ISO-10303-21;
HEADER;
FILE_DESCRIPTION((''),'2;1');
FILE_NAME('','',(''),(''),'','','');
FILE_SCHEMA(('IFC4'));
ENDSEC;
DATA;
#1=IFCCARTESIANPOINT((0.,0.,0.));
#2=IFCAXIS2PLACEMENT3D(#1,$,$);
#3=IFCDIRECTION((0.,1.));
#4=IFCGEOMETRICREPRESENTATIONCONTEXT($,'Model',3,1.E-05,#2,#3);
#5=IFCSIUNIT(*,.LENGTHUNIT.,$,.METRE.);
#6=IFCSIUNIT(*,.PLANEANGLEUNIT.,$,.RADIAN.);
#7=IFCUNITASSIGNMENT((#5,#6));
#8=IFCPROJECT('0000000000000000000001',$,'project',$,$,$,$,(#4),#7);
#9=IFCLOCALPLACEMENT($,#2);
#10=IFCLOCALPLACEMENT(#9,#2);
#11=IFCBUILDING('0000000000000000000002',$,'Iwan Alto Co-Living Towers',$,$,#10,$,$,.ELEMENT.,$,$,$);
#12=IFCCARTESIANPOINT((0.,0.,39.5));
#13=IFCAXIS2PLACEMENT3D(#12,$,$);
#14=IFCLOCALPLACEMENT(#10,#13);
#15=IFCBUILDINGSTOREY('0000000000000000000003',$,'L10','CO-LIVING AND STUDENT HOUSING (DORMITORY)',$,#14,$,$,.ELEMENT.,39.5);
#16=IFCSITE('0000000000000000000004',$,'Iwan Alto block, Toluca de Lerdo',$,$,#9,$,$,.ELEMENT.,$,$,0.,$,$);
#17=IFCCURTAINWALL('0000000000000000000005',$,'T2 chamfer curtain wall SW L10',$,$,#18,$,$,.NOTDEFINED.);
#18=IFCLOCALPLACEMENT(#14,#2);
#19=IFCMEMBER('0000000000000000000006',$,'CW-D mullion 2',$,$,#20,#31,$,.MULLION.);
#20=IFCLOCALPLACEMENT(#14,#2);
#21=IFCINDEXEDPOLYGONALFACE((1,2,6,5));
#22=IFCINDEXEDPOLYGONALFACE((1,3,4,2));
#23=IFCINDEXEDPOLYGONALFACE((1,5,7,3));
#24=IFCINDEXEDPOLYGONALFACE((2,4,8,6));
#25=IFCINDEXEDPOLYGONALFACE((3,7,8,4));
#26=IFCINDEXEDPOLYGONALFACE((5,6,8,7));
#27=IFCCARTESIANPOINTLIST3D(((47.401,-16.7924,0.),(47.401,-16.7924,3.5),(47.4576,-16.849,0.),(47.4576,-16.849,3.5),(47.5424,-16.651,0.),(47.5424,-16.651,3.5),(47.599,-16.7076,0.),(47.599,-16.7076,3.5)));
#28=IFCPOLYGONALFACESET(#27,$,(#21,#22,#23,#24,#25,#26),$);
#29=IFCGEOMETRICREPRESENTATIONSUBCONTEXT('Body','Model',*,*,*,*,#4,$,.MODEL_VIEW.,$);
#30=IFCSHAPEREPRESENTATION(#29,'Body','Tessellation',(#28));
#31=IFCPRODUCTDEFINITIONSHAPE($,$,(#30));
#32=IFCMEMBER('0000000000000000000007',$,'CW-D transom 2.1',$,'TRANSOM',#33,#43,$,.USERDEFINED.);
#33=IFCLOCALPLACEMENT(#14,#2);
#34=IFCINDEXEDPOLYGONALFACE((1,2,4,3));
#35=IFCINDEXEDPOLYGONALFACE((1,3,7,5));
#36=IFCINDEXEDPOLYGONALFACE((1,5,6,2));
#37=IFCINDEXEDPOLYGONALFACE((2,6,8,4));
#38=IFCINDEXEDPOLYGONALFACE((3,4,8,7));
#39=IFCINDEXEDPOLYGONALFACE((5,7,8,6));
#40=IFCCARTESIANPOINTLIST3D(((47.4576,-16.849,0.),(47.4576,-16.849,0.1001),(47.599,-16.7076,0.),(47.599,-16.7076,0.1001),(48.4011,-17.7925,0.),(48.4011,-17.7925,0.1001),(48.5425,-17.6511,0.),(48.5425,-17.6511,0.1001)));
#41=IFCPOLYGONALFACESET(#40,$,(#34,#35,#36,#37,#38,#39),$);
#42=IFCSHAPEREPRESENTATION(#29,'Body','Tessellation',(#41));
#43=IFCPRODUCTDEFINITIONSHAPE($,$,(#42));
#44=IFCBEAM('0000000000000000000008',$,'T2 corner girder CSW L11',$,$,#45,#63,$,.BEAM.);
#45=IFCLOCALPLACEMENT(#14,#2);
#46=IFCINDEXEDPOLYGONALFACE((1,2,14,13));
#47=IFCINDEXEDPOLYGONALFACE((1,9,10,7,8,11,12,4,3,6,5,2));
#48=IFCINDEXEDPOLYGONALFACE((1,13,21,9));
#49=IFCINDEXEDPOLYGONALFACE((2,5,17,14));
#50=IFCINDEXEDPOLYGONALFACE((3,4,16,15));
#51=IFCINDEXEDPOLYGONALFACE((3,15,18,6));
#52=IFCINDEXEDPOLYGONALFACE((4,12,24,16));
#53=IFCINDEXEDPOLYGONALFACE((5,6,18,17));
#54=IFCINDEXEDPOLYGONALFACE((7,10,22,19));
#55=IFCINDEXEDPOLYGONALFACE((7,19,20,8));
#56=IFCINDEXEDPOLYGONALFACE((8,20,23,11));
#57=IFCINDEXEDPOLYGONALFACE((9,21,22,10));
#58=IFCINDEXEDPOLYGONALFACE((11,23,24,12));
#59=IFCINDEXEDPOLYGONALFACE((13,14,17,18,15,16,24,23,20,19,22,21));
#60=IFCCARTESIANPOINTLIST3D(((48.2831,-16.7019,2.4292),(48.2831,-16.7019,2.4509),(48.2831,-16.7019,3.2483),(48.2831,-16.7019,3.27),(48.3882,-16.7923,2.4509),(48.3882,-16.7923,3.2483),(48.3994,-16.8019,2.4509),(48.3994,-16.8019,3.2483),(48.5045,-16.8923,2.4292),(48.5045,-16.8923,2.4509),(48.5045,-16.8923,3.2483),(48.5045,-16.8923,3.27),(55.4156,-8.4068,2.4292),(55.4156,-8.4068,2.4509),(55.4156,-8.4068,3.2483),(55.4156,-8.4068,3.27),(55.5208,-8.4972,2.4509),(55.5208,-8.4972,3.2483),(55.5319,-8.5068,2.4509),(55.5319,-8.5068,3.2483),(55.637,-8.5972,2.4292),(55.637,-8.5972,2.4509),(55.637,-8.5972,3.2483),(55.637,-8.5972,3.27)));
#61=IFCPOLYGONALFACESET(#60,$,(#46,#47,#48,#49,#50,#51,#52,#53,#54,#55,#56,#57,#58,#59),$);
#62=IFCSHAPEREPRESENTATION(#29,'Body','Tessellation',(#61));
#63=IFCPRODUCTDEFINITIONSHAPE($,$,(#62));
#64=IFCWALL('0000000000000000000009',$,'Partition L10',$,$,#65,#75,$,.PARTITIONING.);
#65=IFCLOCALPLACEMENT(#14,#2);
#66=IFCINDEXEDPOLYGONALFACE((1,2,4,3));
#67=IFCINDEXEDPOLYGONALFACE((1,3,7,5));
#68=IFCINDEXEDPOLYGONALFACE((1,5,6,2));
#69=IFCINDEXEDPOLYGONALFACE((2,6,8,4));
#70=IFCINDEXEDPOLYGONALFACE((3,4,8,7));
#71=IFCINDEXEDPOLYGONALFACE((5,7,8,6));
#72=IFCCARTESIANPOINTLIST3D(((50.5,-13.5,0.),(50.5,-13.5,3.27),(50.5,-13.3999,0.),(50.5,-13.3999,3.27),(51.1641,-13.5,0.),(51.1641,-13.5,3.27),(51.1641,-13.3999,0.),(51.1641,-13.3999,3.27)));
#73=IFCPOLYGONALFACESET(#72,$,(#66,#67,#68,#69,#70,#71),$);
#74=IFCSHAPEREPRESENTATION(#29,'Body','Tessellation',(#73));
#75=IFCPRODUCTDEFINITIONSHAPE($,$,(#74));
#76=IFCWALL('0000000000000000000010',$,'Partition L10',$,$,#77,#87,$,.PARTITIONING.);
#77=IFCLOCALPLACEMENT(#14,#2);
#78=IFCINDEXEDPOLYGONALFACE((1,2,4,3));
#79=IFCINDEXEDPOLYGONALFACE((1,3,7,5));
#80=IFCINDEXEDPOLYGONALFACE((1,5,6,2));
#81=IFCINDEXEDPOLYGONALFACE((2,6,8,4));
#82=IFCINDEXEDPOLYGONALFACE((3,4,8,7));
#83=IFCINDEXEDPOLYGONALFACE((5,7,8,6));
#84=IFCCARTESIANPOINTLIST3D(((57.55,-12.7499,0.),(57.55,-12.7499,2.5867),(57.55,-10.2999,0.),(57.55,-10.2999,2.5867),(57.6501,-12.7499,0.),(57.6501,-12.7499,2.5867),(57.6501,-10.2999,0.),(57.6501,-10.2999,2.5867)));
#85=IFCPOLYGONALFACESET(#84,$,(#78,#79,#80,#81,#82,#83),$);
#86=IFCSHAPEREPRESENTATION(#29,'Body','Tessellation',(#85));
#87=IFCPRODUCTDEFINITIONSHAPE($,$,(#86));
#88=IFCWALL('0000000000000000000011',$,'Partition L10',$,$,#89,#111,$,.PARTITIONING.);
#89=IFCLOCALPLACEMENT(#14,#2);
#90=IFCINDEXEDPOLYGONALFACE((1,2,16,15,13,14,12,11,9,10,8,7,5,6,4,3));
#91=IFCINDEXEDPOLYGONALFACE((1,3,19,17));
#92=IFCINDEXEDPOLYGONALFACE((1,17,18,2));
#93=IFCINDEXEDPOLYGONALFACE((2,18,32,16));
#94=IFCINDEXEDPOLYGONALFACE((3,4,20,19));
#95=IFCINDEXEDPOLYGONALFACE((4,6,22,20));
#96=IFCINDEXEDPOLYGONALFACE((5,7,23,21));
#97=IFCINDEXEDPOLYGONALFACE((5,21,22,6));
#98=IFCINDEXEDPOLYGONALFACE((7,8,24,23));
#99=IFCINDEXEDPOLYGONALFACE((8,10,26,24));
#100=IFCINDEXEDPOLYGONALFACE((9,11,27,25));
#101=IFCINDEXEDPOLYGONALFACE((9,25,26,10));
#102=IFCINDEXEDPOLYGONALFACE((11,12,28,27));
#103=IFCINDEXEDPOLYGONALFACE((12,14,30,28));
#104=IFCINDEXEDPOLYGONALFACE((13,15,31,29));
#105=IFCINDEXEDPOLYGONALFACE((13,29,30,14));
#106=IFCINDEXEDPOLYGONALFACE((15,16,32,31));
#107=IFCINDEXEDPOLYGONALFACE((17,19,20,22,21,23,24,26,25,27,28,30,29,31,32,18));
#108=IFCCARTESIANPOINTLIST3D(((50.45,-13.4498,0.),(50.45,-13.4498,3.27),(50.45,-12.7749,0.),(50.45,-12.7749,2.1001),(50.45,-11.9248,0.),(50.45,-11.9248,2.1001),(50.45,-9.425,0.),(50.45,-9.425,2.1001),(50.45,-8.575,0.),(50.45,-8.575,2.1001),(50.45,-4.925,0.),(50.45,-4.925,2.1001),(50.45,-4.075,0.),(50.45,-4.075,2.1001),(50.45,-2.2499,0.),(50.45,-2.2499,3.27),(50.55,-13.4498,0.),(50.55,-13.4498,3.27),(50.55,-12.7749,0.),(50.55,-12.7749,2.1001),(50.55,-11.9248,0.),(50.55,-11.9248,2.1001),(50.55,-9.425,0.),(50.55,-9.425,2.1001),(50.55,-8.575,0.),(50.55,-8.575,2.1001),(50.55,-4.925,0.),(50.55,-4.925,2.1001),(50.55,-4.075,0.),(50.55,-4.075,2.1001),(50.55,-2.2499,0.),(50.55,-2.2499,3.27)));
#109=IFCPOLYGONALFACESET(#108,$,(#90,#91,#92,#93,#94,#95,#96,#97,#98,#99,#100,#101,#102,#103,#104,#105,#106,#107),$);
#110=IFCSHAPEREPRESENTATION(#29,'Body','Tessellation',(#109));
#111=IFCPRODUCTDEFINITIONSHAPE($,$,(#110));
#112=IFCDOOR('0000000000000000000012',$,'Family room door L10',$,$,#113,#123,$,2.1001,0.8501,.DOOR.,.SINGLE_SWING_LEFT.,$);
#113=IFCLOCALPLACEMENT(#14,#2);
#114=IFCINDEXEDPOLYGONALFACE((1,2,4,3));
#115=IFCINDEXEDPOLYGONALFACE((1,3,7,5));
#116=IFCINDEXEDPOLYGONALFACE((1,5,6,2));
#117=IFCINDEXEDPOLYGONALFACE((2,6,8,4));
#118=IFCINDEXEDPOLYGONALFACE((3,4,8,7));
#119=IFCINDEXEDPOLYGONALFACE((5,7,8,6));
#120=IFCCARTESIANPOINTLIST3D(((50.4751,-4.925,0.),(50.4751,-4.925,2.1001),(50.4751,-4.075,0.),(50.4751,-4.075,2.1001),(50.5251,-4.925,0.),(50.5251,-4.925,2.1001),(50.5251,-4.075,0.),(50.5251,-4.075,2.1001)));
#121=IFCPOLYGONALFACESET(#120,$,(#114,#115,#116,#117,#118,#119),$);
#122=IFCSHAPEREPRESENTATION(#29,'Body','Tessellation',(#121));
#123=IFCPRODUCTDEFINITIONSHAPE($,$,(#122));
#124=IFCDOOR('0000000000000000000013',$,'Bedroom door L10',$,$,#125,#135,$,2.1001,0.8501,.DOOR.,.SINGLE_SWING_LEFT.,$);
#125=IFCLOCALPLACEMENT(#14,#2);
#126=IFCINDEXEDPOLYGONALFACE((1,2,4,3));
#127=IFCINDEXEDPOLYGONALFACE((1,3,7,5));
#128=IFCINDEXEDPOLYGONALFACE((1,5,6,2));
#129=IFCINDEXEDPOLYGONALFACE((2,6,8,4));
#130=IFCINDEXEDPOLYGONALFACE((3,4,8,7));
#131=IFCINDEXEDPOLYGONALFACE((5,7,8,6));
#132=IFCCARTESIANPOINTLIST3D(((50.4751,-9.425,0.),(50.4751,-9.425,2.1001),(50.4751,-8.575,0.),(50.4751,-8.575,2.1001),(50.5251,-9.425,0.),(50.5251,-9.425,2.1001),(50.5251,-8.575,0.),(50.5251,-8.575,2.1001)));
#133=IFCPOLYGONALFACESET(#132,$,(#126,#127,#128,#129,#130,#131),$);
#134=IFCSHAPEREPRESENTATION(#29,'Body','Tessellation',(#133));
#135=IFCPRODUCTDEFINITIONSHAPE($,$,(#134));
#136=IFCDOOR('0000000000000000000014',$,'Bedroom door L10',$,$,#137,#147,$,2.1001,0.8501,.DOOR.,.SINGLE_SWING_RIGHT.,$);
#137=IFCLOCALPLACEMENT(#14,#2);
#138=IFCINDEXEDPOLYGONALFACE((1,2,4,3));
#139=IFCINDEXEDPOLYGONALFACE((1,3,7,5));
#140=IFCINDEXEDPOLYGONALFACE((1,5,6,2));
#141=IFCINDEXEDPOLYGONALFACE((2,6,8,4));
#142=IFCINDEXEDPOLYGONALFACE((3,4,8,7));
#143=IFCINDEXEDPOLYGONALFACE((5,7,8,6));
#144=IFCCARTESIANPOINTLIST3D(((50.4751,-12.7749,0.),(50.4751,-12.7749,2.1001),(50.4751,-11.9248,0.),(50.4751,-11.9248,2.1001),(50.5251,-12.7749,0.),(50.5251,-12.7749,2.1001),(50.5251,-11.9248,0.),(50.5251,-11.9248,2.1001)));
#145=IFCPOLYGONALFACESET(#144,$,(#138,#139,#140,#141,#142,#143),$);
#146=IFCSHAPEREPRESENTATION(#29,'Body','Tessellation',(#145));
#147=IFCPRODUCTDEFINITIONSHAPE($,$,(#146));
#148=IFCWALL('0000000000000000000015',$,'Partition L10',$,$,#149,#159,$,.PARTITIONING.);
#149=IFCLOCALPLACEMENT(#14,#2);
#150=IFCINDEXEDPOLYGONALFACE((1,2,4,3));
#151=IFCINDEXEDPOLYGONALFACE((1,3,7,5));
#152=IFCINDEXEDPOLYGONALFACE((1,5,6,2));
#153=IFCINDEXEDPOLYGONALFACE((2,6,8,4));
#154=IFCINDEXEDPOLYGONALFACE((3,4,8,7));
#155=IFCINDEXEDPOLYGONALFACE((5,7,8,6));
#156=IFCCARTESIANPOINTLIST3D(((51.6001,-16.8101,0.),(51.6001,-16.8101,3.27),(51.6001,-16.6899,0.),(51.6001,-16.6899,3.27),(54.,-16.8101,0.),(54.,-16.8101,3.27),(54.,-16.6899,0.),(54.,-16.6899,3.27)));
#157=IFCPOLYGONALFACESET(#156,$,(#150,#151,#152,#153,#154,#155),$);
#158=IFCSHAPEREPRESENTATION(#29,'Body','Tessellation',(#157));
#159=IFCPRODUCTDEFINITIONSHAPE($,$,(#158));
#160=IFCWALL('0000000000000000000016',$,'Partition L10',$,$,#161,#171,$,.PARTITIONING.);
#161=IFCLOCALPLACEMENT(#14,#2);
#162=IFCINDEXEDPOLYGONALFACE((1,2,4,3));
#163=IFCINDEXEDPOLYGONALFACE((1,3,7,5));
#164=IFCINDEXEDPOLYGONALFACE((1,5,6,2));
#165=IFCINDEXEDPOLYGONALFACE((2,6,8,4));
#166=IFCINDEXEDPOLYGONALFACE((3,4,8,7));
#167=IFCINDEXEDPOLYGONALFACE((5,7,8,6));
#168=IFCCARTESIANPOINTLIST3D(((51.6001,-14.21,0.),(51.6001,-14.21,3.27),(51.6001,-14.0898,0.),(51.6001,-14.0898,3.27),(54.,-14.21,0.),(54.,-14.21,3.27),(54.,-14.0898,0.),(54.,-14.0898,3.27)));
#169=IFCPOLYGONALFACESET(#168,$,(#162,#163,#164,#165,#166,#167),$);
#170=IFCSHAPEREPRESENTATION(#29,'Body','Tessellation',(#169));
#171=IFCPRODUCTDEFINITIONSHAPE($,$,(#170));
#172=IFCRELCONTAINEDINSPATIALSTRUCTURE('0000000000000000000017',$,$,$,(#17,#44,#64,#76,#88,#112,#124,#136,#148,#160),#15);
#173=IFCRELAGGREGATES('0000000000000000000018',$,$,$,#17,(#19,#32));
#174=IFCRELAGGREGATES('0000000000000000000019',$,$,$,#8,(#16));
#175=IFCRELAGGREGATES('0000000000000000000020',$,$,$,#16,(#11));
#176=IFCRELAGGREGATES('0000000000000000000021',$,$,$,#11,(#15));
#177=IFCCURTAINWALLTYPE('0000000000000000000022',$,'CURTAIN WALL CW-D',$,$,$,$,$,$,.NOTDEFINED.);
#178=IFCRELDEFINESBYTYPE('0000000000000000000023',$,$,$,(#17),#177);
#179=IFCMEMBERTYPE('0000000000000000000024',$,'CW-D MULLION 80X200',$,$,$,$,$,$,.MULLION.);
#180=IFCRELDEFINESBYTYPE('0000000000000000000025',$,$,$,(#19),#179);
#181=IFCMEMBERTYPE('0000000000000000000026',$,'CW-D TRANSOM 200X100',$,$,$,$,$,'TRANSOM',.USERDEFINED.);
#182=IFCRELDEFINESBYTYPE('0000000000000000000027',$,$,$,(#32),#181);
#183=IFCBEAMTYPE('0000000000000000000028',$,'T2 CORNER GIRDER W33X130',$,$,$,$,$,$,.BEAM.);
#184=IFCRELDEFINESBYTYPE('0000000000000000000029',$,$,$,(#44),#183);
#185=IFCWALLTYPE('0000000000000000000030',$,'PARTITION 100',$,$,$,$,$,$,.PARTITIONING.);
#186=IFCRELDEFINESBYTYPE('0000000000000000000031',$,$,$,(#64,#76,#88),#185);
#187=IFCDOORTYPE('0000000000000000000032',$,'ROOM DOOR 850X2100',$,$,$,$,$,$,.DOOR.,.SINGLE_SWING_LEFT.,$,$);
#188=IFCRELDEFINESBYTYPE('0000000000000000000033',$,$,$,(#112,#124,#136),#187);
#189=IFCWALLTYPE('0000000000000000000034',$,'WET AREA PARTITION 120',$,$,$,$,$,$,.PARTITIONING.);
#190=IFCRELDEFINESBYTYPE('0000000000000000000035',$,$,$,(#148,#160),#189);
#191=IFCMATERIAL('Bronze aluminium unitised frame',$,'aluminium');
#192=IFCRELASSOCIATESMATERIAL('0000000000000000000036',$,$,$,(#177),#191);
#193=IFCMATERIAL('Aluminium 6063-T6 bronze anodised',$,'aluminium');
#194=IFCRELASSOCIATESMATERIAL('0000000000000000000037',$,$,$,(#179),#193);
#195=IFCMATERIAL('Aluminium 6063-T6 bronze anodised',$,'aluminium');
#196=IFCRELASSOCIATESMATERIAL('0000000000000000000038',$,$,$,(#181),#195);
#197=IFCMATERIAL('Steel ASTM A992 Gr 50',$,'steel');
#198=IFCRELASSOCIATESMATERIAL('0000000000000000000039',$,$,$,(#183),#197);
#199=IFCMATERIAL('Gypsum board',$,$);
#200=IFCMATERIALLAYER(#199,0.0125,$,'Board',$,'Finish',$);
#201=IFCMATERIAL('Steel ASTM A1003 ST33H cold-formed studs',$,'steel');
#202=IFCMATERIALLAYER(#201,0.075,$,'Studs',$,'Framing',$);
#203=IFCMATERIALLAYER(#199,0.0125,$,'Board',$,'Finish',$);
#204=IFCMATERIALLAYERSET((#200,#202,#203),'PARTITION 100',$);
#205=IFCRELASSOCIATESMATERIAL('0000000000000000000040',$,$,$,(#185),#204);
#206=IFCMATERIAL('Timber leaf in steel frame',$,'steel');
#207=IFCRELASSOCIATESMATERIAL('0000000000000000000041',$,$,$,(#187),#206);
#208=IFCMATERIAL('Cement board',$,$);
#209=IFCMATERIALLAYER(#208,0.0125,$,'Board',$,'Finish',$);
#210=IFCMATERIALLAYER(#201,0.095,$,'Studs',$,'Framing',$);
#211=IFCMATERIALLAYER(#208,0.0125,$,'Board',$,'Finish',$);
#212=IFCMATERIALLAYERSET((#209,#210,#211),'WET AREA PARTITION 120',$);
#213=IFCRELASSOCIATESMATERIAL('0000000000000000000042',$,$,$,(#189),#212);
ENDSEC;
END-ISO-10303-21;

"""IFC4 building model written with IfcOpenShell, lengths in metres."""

from ifc_helpers import new_model, si_unit, direction, frame, frame_2d, origin, origin_2d, place, context, subcontext, project, spatial, rectangle, i_section, extrude, material, layer, layer_set, material_profile, profile_set, type_object, element, fill, aggregate, save


model = new_model("IFC4")

# Units and contexts
model_context = context("Model", 3, precision=1e-05, world=origin(), true_north=direction((0.0, 1.0)))
body_context = subcontext(model_context, "Body", "Model", "MODEL_VIEW")
ifc_project = project(units=[si_unit("LENGTHUNIT", "METRE"), si_unit("PLANEANGLEUNIT", "RADIAN")], contexts=[model_context])

# Site, building, storey
site_placement = place(None, origin())
site = spatial("IfcSite", under=ifc_project, at=site_placement, Name="Iwan Alto block, Toluca de Lerdo", CompositionType="ELEMENT", RefElevation=0.0)
building_placement = place(site_placement, origin())
building = spatial("IfcBuilding", under=site, at=building_placement, Name="Iwan Alto Co-Living Towers", CompositionType="ELEMENT")
storey_placement = place(building_placement, frame((0.0, 0.0, 39.5)))
storey = spatial("IfcBuildingStorey", under=building, at=storey_placement, Name="L10", Description="CO-LIVING AND STUDENT HOUSING (DORMITORY)", CompositionType="ELEMENT", Elevation=39.5)

# Curtain wall, members
ifc_material_1 = material(Name="Bronze aluminium unitised frame", Category="aluminium")
curtain_wall_type = type_object("IfcCurtainWallType", Name="CURTAIN WALL CW-D", PredefinedType="NOTDEFINED", material=ifc_material_1)
curtain_wall_placement = place(storey_placement, origin())
curtain_wall = element("IfcCurtainWall", 1, at=curtain_wall_placement, inside=storey, type_object=curtain_wall_type, Name="T2 chamfer curtain wall SW L10", PredefinedType="NOTDEFINED")
ifc_material_2 = material(Name="Aluminium 6063-T6 bronze anodised", Category="aluminium")
ifc_material_profile_1 = material_profile(ifc_material_2, rectangle(XDim=0.2, YDim=0.0801, at=origin_2d()), Name="AL 80X200")
ifc_profile_set_1 = profile_set([ifc_material_profile_1], Name="Aluminium 6063-T6 bronze anodised")
member_type_1 = type_object("IfcMemberType", Name="CW-D MULLION 80X200", PredefinedType="MULLION", material=ifc_profile_set_1)
member_1_placement = place(storey_placement, frame((47.5, -16.75, 0.0), z_axis=(0.0, 0.0, 1.0), x_axis=(0.707107, 0.707107, 0.0)))
member_1 = element("IfcMember", 2, at=member_1_placement, type_object=member_type_1, Name="CW-D mullion 2", PredefinedType="MULLION", context=body_context, shape_type="SweptSolid", body=[
    extrude(rectangle(XDim=0.2, YDim=0.0801, at=origin_2d()), origin(), (0.0, 0.0, 1.0), 3.5),
])
ifc_material_3 = material(Name="Aluminium 6063-T6 bronze anodised", Category="aluminium")
ifc_material_profile_2 = material_profile(ifc_material_3, rectangle(XDim=0.2, YDim=0.1001, at=origin_2d()), Name="AL 200X100")
ifc_profile_set_2 = profile_set([ifc_material_profile_2], Name="Aluminium 6063-T6 bronze anodised")
member_type_2 = type_object("IfcMemberType", Name="CW-D TRANSOM 200X100", ElementType="TRANSOM", PredefinedType="USERDEFINED", material=ifc_profile_set_2)
member_2_placement = place(storey_placement, frame((47.5283, -16.7783, 0.05), z_axis=(0.707107, -0.707107, 0.0), x_axis=(0.707107, 0.707107, 0.0)))
member_2 = element("IfcMember", 3, at=member_2_placement, type_object=member_type_2, Name="CW-D transom 2.1", ObjectType="TRANSOM", PredefinedType="USERDEFINED", context=body_context, shape_type="SweptSolid", body=[
    extrude(rectangle(XDim=0.2, YDim=0.1001, at=origin_2d()), origin(), (0.0, 0.0, 1.0), 1.3342),
])
aggregate(curtain_wall, [member_1, member_2])

# Beam
ifc_material_4 = material(Name="Steel ASTM A992 Gr 50", Category="steel")
ifc_material_profile_3 = material_profile(ifc_material_4, i_section(OverallWidth=0.292, OverallDepth=0.8408, WebThickness=0.0146, FlangeThickness=0.0217, at=origin_2d()), Name="W33X130")
ifc_profile_set_3 = profile_set([ifc_material_profile_3], Name="Steel ASTM A992 Gr 50")
beam_type = type_object("IfcBeamType", Name="T2 CORNER GIRDER W33X130", PredefinedType="BEAM", material=ifc_profile_set_3)
beam_placement = place(storey_placement, frame((48.3938, -16.7971, 2.8496), z_axis=(0.651972, 0.758243, 0.0), x_axis=(-0.758243, 0.651972, 0.0)))
element("IfcBeam", 4, at=beam_placement, inside=storey, type_object=beam_type, Name="T2 corner girder CSW L11", PredefinedType="BEAM", context=body_context, shape_type="SweptSolid", body=[
    extrude(i_section(OverallWidth=0.292, OverallDepth=0.8408, WebThickness=0.0146, FlangeThickness=0.0217, at=origin_2d()), origin(), (0.0, 0.0, 1.0), 10.9399),
])

# Walls
ifc_material_5 = material(Name="Gypsum board")
ifc_layer_1 = layer(ifc_material_5, 0.0125, Name="Board", Category="Finish")
ifc_material_6 = material(Name="Steel ASTM A1003 ST33H cold-formed studs", Category="steel")
ifc_layer_2 = layer(ifc_material_6, 0.075, Name="Studs", Category="Framing")
ifc_layer_3 = layer(ifc_material_5, 0.0125, Name="Board", Category="Finish")
ifc_layer_set_1 = layer_set([ifc_layer_1, ifc_layer_2, ifc_layer_3], Name="PARTITION 100")
wall_type_1 = type_object("IfcWallType", Name="PARTITION 100", PredefinedType="PARTITIONING", material=ifc_layer_set_1)
wall_1_placement = place(storey_placement, frame((50.5, -13.45, 0.0), z_axis=(0.0, 0.0, 1.0), x_axis=(1.0, 0.0, 0.0)))
element("IfcWall", 5, at=wall_1_placement, inside=storey, type_object=wall_type_1, Name="Partition L10", PredefinedType="PARTITIONING", context=body_context, shape_type="SweptSolid", body=[
    extrude(rectangle(XDim=0.6641, YDim=0.1001, at=frame_2d((0.332, 0.0))), origin(), (0.0, 0.0, 1.0), 3.27),
])
wall_2_placement = place(storey_placement, frame((57.6001, -12.75, 0.0), z_axis=(0.0, 0.0, 1.0), x_axis=(0.0, 1.0, 0.0)))
element("IfcWall", 6, at=wall_2_placement, inside=storey, type_object=wall_type_1, Name="Partition L10", PredefinedType="PARTITIONING", context=body_context, shape_type="SweptSolid", body=[
    extrude(rectangle(XDim=2.45, YDim=0.1001, at=frame_2d((1.2251, 0.0))), origin(), (0.0, 0.0, 1.0), 2.5867),
])

# Wall, openings, doors
wall_3_placement = place(storey_placement, frame((50.5, -13.45, 0.0), z_axis=(0.0, 0.0, 1.0), x_axis=(0.0, 1.0, 0.0)))
wall_3 = element("IfcWall", 7, at=wall_3_placement, inside=storey, type_object=wall_type_1, Name="Partition L10", PredefinedType="PARTITIONING", context=body_context, shape_type="SweptSolid", body=[
    extrude(rectangle(XDim=11.2, YDim=0.1001, at=frame_2d((5.6001, 0.0))), origin(), (0.0, 0.0, 1.0), 3.27),
])
opening_1_placement = place(wall_3_placement, frame((8.5249, 0.0, 0.0)))
opening_1 = element("IfcOpeningElement", 8, at=opening_1_placement, cuts=wall_3, PredefinedType="OPENING", context=body_context, shape_type="SweptSolid", body=[
    extrude(rectangle(XDim=0.8501, YDim=2.1001, at=frame_2d((0.425, 1.05))), frame((0.0, 0.0601, 0.0), z_axis=(0.0, -1.0, 0.0), x_axis=(1.0, 0.0, 0.0)), (0.0, 0.0, 1.0), 0.1201),
])
opening_2_placement = place(wall_3_placement, frame((4.0249, 0.0, 0.0)))
opening_2 = element("IfcOpeningElement", 9, at=opening_2_placement, cuts=wall_3, PredefinedType="OPENING", context=body_context, shape_type="SweptSolid", body=[
    extrude(rectangle(XDim=0.8501, YDim=2.1001, at=frame_2d((0.425, 1.05))), frame((0.0, 0.0601, 0.0), z_axis=(0.0, -1.0, 0.0), x_axis=(1.0, 0.0, 0.0)), (0.0, 0.0, 1.0), 0.1201),
])
opening_3_placement = place(wall_3_placement, frame((0.675, 0.0, 0.0)))
opening_3 = element("IfcOpeningElement", 10, at=opening_3_placement, cuts=wall_3, PredefinedType="OPENING", context=body_context, shape_type="SweptSolid", body=[
    extrude(rectangle(XDim=0.8501, YDim=2.1001, at=frame_2d((0.425, 1.05))), frame((0.0, 0.0601, 0.0), z_axis=(0.0, -1.0, 0.0), x_axis=(1.0, 0.0, 0.0)), (0.0, 0.0, 1.0), 0.1201),
])
ifc_material_7 = material(Name="Timber leaf in steel frame", Category="steel")
door_type = type_object("IfcDoorType", Name="ROOM DOOR 850X2100", OperationType="SINGLE_SWING_LEFT", PredefinedType="DOOR", material=ifc_material_7)
door_1_placement = place(opening_1_placement, origin())
door_1 = element("IfcDoor", 11, at=door_1_placement, inside=storey, type_object=door_type, Name="Family room door L10", OperationType="SINGLE_SWING_LEFT", OverallHeight=2.1001, OverallWidth=0.8501, PredefinedType="DOOR", context=body_context, shape_type="SweptSolid", body=[
    extrude(rectangle(XDim=0.8501, YDim=2.1001, at=frame_2d((0.425, 1.05))), frame((0.0, 0.0249, 0.0), z_axis=(0.0, -1.0, 0.0), x_axis=(1.0, 0.0, 0.0)), (0.0, 0.0, 1.0), 0.05),
])
fill(opening_1, door_1)
door_2_placement = place(opening_2_placement, origin())
door_2 = element("IfcDoor", 12, at=door_2_placement, inside=storey, type_object=door_type, Name="Bedroom door L10", OperationType="SINGLE_SWING_LEFT", OverallHeight=2.1001, OverallWidth=0.8501, PredefinedType="DOOR", context=body_context, shape_type="SweptSolid", body=[
    extrude(rectangle(XDim=0.8501, YDim=2.1001, at=frame_2d((0.425, 1.05))), frame((0.0, 0.0249, 0.0), z_axis=(0.0, -1.0, 0.0), x_axis=(1.0, 0.0, 0.0)), (0.0, 0.0, 1.0), 0.05),
])
fill(opening_2, door_2)
door_3_placement = place(opening_3_placement, origin())
door_3 = element("IfcDoor", 13, at=door_3_placement, inside=storey, type_object=door_type, Name="Bedroom door L10", OperationType="SINGLE_SWING_RIGHT", OverallHeight=2.1001, OverallWidth=0.8501, PredefinedType="DOOR", context=body_context, shape_type="SweptSolid", body=[
    extrude(rectangle(XDim=0.8501, YDim=2.1001, at=frame_2d((0.425, 1.05))), frame((0.0, 0.0249, 0.0), z_axis=(0.0, -1.0, 0.0), x_axis=(1.0, 0.0, 0.0)), (0.0, 0.0, 1.0), 0.05),
])
fill(opening_3, door_3)

# Walls
ifc_material_8 = material(Name="Cement board")
ifc_layer_4 = layer(ifc_material_8, 0.0125, Name="Board", Category="Finish")
ifc_layer_5 = layer(ifc_material_6, 0.095, Name="Studs", Category="Framing")
ifc_layer_6 = layer(ifc_material_8, 0.0125, Name="Board", Category="Finish")
ifc_layer_set_2 = layer_set([ifc_layer_4, ifc_layer_5, ifc_layer_6], Name="WET AREA PARTITION 120")
wall_type_2 = type_object("IfcWallType", Name="WET AREA PARTITION 120", PredefinedType="PARTITIONING", material=ifc_layer_set_2)
for number, where, z_axis, x_axis, name in (
    (14, (51.6001, -16.75, 0.0), (0.0, 0.0, 1.0), (1.0, 0.0, 0.0), "Partition L10"),
    (15, (51.6001, -14.1499, 0.0), (0.0, 0.0, 1.0), (1.0, 0.0, 0.0), "Partition L10"),
):
    element("IfcWall", number, at=place(storey_placement, frame(where, z_axis=z_axis, x_axis=x_axis)), inside=storey, type_object=wall_type_2, Name=name, PredefinedType="PARTITIONING", context=body_context, shape_type="SweptSolid", body=[
        extrude(rectangle(XDim=2.3999, YDim=0.1201, at=frame_2d((1.2, 0.0))), origin(), (0.0, 0.0, 1.0), 3.27),
    ])

save(model, "model.ifc")
